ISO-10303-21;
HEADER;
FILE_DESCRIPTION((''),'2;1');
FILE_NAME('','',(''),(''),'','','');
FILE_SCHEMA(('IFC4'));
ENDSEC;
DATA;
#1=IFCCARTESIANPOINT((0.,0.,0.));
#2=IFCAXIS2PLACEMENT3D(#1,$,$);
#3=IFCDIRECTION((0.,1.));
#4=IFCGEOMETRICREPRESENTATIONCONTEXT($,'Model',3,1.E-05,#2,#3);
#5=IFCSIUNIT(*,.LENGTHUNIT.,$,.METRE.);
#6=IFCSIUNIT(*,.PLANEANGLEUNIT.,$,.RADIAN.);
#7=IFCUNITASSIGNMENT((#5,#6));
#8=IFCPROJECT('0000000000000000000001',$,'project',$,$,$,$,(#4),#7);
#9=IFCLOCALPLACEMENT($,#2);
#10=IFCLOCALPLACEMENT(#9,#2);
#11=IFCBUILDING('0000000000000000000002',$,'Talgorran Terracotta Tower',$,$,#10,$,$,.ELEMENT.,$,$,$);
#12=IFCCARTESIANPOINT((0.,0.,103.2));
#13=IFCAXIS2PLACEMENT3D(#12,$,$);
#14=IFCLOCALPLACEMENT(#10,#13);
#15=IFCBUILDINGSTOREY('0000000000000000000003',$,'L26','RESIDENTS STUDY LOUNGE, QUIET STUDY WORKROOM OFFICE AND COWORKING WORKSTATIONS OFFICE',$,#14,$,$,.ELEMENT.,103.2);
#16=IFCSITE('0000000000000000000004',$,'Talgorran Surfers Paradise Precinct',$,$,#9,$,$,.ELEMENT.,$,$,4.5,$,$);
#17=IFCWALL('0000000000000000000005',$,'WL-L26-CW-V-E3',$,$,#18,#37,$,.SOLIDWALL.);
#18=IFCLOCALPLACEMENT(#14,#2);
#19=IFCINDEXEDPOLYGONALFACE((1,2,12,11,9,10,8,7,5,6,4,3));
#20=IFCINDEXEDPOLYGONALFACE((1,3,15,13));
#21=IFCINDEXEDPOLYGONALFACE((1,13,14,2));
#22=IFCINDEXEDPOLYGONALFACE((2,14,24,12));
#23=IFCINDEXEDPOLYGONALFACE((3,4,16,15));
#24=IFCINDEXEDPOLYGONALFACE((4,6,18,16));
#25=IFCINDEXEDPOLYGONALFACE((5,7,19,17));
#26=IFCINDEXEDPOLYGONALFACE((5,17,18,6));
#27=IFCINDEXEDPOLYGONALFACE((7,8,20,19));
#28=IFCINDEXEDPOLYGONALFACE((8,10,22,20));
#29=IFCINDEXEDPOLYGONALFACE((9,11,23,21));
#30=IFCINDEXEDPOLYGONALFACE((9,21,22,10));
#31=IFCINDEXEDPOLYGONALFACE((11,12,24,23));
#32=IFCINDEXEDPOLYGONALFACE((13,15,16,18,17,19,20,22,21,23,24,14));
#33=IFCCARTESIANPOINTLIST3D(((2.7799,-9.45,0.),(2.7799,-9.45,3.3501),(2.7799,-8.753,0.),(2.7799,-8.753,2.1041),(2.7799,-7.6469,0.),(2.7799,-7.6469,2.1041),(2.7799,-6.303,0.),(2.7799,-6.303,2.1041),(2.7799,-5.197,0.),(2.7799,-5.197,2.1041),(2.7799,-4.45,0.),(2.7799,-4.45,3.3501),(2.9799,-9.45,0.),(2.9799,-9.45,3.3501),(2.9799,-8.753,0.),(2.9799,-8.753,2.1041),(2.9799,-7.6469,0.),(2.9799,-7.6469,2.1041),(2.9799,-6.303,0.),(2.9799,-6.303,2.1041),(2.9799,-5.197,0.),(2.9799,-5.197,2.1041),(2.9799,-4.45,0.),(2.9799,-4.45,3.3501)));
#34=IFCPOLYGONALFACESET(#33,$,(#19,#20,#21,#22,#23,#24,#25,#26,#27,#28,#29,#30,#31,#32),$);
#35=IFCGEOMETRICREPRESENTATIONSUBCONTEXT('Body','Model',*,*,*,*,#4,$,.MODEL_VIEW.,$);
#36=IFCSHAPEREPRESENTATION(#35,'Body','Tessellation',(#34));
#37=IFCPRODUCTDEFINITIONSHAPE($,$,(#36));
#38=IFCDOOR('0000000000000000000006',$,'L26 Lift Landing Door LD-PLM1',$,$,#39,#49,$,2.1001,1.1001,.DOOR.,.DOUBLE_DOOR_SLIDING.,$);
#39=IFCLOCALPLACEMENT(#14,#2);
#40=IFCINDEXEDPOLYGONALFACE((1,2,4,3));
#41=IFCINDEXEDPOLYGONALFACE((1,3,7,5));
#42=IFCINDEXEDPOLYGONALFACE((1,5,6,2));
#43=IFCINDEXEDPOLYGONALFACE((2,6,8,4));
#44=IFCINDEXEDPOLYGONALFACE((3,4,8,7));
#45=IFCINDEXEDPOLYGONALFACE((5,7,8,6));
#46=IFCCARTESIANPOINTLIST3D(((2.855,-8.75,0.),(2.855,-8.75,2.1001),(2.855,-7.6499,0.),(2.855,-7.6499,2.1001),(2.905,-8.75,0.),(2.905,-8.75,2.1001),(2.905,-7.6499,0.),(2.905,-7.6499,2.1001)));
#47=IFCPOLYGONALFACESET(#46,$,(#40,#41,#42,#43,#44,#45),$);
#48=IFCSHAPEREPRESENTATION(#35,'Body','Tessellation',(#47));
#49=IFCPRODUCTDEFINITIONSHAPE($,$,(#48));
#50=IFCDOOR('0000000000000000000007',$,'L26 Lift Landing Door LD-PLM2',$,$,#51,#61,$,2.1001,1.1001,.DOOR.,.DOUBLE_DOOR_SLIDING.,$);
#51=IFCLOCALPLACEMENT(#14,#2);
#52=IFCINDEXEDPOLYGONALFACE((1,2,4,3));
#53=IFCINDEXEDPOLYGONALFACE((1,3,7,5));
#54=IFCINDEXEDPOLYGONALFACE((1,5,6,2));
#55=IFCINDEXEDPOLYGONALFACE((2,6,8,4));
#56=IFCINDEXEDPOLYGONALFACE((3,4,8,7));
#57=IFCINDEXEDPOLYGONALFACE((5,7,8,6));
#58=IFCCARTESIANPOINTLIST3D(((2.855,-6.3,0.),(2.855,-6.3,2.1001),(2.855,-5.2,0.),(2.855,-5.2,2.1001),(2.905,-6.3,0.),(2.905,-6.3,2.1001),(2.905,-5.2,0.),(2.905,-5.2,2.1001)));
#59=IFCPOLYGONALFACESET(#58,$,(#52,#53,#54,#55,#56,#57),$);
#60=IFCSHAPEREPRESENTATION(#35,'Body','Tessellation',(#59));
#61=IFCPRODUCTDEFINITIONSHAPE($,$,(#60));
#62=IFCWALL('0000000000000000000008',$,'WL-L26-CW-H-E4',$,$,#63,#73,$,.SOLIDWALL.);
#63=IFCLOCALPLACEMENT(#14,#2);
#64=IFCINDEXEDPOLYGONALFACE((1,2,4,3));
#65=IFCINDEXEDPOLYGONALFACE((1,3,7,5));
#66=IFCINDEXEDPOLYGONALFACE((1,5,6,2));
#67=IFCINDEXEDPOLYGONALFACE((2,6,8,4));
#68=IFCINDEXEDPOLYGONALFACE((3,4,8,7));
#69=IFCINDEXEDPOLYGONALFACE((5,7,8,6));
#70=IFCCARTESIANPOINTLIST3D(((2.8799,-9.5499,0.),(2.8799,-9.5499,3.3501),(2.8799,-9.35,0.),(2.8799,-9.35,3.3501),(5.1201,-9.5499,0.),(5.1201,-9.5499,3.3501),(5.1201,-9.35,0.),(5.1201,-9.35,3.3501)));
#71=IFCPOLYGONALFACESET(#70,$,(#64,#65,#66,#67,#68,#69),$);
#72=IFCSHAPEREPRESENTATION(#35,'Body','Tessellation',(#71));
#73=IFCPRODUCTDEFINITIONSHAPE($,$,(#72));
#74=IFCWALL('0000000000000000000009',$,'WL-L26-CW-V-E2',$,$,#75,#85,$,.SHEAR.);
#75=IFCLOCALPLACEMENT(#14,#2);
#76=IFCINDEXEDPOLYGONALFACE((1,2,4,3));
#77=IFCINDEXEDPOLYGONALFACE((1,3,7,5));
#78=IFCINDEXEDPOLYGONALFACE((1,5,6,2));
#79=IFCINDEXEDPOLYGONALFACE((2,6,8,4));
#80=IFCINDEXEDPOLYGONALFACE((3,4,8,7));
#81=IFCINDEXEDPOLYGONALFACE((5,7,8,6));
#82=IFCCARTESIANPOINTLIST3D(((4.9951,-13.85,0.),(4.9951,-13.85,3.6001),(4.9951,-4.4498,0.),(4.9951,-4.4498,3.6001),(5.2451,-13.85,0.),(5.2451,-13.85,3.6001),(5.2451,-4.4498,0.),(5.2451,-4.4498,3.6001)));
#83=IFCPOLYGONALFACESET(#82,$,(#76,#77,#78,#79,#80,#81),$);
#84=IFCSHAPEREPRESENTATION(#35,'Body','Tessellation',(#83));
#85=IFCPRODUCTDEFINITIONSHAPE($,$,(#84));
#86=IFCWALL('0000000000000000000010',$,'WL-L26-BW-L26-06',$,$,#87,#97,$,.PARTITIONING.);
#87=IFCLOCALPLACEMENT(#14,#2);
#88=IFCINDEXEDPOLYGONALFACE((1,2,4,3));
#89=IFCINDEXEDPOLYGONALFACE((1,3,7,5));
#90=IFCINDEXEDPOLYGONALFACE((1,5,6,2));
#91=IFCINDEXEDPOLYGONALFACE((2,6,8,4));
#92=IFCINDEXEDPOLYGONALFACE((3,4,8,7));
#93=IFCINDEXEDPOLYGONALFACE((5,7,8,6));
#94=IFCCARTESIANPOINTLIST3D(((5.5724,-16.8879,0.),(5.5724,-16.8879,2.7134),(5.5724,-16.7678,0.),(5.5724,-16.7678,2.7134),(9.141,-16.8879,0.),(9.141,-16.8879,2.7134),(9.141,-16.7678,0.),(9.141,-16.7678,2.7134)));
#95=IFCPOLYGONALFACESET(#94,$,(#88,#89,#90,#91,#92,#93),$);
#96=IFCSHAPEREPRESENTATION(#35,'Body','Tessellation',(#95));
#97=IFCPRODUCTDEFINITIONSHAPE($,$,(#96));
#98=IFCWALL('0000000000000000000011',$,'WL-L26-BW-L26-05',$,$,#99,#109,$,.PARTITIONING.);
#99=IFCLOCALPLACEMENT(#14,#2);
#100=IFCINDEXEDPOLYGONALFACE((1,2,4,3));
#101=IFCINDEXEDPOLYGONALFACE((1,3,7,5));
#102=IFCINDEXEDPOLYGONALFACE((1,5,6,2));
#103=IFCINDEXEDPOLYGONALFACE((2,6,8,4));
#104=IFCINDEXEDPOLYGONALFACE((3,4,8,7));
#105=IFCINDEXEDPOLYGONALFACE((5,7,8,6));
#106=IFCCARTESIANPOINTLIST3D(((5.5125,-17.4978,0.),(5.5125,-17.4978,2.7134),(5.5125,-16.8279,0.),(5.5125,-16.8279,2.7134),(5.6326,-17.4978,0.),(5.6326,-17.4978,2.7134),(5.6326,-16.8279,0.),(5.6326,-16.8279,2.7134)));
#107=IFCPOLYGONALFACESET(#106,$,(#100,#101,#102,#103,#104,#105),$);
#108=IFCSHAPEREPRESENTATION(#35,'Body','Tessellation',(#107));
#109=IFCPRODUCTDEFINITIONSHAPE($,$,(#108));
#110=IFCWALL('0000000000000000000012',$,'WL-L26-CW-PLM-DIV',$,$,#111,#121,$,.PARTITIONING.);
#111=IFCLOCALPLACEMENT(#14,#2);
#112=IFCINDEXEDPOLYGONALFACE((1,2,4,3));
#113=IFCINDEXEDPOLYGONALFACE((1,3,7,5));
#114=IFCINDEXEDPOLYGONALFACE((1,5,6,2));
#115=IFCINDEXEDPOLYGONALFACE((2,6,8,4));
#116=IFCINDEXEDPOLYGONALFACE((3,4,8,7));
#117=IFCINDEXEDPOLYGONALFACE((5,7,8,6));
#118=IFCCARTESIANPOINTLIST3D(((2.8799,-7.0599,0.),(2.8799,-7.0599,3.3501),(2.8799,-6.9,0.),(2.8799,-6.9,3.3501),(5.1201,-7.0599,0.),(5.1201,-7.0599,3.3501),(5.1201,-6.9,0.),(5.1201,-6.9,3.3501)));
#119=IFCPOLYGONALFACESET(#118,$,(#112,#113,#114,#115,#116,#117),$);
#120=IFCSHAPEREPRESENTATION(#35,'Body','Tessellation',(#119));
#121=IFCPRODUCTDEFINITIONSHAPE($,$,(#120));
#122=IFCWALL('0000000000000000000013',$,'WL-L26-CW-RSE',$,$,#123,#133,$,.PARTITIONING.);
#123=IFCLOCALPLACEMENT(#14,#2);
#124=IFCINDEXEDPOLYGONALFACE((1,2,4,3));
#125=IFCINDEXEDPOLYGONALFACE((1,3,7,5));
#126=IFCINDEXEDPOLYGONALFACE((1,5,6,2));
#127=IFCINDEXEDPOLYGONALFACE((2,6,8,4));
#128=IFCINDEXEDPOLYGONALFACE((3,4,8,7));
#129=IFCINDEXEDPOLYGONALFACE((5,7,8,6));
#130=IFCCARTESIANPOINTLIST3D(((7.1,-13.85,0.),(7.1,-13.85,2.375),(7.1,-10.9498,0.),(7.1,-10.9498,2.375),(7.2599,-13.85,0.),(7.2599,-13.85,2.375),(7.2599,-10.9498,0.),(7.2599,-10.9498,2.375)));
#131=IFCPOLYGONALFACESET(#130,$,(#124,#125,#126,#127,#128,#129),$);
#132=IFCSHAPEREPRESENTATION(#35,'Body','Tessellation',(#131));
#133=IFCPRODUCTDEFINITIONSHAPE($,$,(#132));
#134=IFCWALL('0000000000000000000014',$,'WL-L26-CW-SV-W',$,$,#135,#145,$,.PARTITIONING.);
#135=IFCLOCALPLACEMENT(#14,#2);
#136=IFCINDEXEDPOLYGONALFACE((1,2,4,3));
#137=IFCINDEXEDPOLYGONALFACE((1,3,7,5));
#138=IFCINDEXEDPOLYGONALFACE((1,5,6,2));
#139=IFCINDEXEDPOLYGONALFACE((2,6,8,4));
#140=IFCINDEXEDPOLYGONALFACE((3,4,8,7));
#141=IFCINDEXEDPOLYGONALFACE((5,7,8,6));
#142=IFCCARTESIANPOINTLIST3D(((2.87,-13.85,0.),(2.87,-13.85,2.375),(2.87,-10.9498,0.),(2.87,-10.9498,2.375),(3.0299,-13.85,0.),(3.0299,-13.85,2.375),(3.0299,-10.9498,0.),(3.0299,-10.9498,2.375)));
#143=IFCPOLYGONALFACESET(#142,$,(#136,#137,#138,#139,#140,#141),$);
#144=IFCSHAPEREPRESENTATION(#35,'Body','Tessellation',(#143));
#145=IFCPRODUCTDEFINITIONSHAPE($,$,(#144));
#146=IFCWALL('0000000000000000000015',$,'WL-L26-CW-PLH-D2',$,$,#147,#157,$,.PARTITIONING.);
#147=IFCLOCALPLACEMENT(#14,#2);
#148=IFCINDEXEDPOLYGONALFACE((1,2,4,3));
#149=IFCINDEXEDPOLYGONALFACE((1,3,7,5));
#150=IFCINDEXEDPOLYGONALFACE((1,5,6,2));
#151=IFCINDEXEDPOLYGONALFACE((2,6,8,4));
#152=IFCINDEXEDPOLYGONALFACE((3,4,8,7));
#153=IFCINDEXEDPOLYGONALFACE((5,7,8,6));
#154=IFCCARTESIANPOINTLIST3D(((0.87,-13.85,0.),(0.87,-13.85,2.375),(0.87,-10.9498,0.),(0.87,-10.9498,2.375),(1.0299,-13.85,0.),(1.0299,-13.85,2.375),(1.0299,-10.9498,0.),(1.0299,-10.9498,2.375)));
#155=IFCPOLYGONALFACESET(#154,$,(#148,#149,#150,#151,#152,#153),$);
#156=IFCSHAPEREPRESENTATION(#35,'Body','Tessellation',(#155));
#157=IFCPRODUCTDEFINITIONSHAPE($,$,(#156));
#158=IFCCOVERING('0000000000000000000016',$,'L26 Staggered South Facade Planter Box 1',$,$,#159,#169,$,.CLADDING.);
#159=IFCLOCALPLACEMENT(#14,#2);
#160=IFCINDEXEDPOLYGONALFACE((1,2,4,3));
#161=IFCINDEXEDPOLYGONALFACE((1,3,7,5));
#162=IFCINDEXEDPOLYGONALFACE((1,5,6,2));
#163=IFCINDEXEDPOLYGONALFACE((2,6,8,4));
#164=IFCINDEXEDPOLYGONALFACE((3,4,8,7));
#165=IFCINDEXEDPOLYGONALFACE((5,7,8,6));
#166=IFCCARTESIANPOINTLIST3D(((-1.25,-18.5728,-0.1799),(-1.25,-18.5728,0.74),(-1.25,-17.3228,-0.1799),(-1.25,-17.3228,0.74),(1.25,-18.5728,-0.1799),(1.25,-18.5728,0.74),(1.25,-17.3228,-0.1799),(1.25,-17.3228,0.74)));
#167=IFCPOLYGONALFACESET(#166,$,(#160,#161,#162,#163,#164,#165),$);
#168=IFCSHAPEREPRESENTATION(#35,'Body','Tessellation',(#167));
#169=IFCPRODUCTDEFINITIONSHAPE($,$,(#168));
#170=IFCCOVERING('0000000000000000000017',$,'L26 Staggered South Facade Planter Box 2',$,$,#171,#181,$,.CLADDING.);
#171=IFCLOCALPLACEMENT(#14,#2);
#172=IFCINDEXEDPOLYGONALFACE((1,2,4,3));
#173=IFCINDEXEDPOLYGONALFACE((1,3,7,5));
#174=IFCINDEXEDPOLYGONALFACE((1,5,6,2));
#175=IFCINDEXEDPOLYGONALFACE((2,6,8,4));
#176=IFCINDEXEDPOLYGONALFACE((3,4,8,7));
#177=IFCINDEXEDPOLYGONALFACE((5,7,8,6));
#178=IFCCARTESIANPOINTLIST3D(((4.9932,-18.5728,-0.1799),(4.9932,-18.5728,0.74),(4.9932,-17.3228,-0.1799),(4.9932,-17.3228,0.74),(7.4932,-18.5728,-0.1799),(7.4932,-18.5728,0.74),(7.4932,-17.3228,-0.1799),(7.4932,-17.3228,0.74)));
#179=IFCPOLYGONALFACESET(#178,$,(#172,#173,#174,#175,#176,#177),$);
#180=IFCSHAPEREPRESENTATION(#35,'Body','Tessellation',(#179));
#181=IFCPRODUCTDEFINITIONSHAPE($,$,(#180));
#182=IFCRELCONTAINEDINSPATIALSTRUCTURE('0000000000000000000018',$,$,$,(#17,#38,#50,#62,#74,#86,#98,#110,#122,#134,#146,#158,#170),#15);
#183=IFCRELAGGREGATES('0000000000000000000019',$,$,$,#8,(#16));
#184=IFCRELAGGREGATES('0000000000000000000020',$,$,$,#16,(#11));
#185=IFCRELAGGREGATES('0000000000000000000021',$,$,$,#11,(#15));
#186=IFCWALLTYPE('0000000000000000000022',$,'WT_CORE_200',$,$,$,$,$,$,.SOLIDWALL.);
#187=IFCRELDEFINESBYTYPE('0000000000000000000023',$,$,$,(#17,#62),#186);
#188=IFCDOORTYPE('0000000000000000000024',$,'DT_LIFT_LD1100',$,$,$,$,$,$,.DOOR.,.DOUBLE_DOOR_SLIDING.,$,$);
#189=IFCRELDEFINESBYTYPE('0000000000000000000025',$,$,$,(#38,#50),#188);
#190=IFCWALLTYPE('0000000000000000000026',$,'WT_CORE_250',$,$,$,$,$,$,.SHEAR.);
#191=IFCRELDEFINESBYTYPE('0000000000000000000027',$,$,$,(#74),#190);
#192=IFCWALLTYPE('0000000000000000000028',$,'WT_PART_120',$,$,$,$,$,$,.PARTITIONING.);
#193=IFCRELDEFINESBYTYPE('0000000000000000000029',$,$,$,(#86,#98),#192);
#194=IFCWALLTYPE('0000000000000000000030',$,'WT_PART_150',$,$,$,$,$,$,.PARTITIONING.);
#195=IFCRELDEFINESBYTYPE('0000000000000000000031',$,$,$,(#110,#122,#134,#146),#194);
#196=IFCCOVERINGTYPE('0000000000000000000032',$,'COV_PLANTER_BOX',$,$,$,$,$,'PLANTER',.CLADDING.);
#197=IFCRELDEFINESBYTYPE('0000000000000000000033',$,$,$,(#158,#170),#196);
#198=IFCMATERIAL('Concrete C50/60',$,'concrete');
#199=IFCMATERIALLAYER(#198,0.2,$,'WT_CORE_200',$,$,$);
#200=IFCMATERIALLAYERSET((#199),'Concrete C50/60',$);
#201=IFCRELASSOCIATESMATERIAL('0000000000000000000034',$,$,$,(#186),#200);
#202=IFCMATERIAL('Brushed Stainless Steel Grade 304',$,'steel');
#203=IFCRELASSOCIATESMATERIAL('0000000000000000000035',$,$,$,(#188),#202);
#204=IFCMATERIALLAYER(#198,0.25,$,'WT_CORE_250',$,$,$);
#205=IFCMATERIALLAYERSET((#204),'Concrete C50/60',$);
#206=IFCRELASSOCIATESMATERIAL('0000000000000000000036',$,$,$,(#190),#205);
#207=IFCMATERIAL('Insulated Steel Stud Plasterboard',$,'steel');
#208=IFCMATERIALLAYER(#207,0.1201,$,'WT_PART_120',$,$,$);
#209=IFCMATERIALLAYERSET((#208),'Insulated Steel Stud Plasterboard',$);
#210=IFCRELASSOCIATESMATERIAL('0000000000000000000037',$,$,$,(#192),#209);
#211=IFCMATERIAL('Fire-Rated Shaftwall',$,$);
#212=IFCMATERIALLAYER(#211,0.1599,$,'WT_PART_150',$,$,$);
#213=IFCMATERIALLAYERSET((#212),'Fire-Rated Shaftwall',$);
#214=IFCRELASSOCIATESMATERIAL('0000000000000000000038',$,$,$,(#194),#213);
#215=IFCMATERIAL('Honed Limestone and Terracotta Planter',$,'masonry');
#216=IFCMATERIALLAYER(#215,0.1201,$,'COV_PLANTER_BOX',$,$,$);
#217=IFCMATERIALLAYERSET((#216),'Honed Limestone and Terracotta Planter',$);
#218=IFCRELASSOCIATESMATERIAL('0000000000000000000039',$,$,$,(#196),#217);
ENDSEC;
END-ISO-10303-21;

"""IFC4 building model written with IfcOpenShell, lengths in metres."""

from ifc_helpers import new_model, si_unit, direction, frame, frame_2d, origin, origin_2d, place, context, subcontext, project, spatial, rectangle, extrude, material, layer, layer_set, type_object, element, fill, save


model = new_model("IFC4")

# Units and contexts
model_context = context("Model", 3, precision=1e-05, world=origin(), true_north=direction((0.0, 1.0)))
body_context = subcontext(model_context, "Body", "Model", "MODEL_VIEW")
ifc_project = project(units=[si_unit("LENGTHUNIT", "METRE"), si_unit("PLANEANGLEUNIT", "RADIAN")], contexts=[model_context])

# Site, building, storey
site_placement = place(None, origin())
site = spatial("IfcSite", under=ifc_project, at=site_placement, Name="Talgorran Surfers Paradise Precinct", CompositionType="ELEMENT", RefElevation=4.5)
building_placement = place(site_placement, origin())
building = spatial("IfcBuilding", under=site, at=building_placement, Name="Talgorran Terracotta Tower", CompositionType="ELEMENT")
storey_placement = place(building_placement, frame((0.0, 0.0, 103.2)))
storey = spatial("IfcBuildingStorey", under=building, at=storey_placement, Name="L26", Description="RESIDENTS STUDY LOUNGE, QUIET STUDY WORKROOM OFFICE AND COWORKING WORKSTATIONS OFFICE", CompositionType="ELEMENT", Elevation=103.2)

# Wall, openings, doors
ifc_material_1 = material(Name="Concrete C50/60", Category="concrete")
ifc_layer_1 = layer(ifc_material_1, 0.2, Name="WT_CORE_200")
ifc_layer_set_1 = layer_set([ifc_layer_1], Name="Concrete C50/60")
wall_type_1 = type_object("IfcWallType", Name="WT_CORE_200", PredefinedType="SOLIDWALL", material=ifc_layer_set_1)
ifc_material_2 = material(Name="Brushed Stainless Steel Grade 304", Category="steel")
door_type_1 = type_object("IfcDoorType", Name="DT_LIFT_LD1100", OperationType="DOUBLE_DOOR_SLIDING", PredefinedType="DOOR", material=ifc_material_2)
wall_1_placement = place(storey_placement, frame((2.8799, -9.45, 0.0), z_axis=(0.0, 0.0, 1.0), x_axis=(0.0, 1.0, 0.0)))
wall_1 = element("IfcWall", 1, at=wall_1_placement, inside=storey, type_object=wall_type_1, Name="WL-L26-CW-V-E3", PredefinedType="SOLIDWALL", context=body_context, shape_type="SweptSolid", body=[
    extrude(rectangle(XDim=5.0, YDim=0.2, at=frame_2d((2.5, 0.0))), origin(), (0.0, 0.0, 1.0), 3.3501),
])
opening_1_placement = place(wall_1_placement, frame((0.7, 0.0, 0.0)))
opening_1 = element("IfcOpeningElement", 2, at=opening_1_placement, cuts=wall_1, PredefinedType="OPENING", context=body_context, shape_type="SweptSolid", body=[
    extrude(rectangle(XDim=1.1061, YDim=2.1041, at=frame_2d((0.55, 1.052))), frame((0.0, 0.1099, 0.0), z_axis=(0.0, -1.0, 0.0), x_axis=(1.0, 0.0, 0.0)), (0.0, 0.0, 1.0), 0.22),
])
opening_2_placement = place(wall_1_placement, frame((3.1499, 0.0, 0.0)))
opening_2 = element("IfcOpeningElement", 3, at=opening_2_placement, cuts=wall_1, PredefinedType="OPENING", context=body_context, shape_type="SweptSolid", body=[
    extrude(rectangle(XDim=1.1061, YDim=2.1041, at=frame_2d((0.55, 1.052))), frame((0.0, 0.1099, 0.0), z_axis=(0.0, -1.0, 0.0), x_axis=(1.0, 0.0, 0.0)), (0.0, 0.0, 1.0), 0.22),
])
door_1_placement = place(opening_1_placement, origin())
door_1 = element("IfcDoor", 4, at=door_1_placement, inside=storey, type_object=door_type_1, Name="L26 Lift Landing Door LD-PLM1", OperationType="DOUBLE_DOOR_SLIDING", OverallHeight=2.1001, OverallWidth=1.1001, PredefinedType="DOOR", context=body_context, shape_type="SweptSolid", body=[
    extrude(rectangle(XDim=1.1001, YDim=2.1001, at=frame_2d((0.55, 1.05))), frame((0.0, 0.0249, 0.0), z_axis=(0.0, -1.0, 0.0), x_axis=(1.0, 0.0, 0.0)), (0.0, 0.0, 1.0), 0.05),
])
fill(opening_1, door_1)
door_2_placement = place(opening_2_placement, origin())
door_2 = element("IfcDoor", 5, at=door_2_placement, inside=storey, type_object=door_type_1, Name="L26 Lift Landing Door LD-PLM2", OperationType="DOUBLE_DOOR_SLIDING", OverallHeight=2.1001, OverallWidth=1.1001, PredefinedType="DOOR", context=body_context, shape_type="SweptSolid", body=[
    extrude(rectangle(XDim=1.1001, YDim=2.1001, at=frame_2d((0.55, 1.05))), frame((0.0, 0.0249, 0.0), z_axis=(0.0, -1.0, 0.0), x_axis=(1.0, 0.0, 0.0)), (0.0, 0.0, 1.0), 0.05),
])
fill(opening_2, door_2)

# Walls
wall_2_placement = place(storey_placement, frame((2.8799, -9.45, 0.0), z_axis=(0.0, 0.0, 1.0), x_axis=(1.0, 0.0, 0.0)))
element("IfcWall", 6, at=wall_2_placement, inside=storey, type_object=wall_type_1, Name="WL-L26-CW-H-E4", PredefinedType="SOLIDWALL", context=body_context, shape_type="SweptSolid", body=[
    extrude(rectangle(XDim=2.2402, YDim=0.2, at=frame_2d((1.1201, 0.0))), origin(), (0.0, 0.0, 1.0), 3.3501),
])
ifc_layer_2 = layer(ifc_material_1, 0.25, Name="WT_CORE_250")
ifc_layer_set_2 = layer_set([ifc_layer_2], Name="Concrete C50/60")
wall_type_2 = type_object("IfcWallType", Name="WT_CORE_250", PredefinedType="SHEAR", material=ifc_layer_set_2)
wall_3_placement = place(storey_placement, frame((5.1201, -13.8501, 0.0), z_axis=(0.0, 0.0, 1.0), x_axis=(0.0, 1.0, 0.0)))
element("IfcWall", 7, at=wall_3_placement, inside=storey, type_object=wall_type_2, Name="WL-L26-CW-V-E2", PredefinedType="SHEAR", context=body_context, shape_type="SweptSolid", body=[
    extrude(rectangle(XDim=9.4001, YDim=0.25, at=frame_2d((4.7002, 0.0))), origin(), (0.0, 0.0, 1.0), 3.6001),
])
ifc_material_3 = material(Name="Insulated Steel Stud Plasterboard", Category="steel")
ifc_layer_3 = layer(ifc_material_3, 0.1201, Name="WT_PART_120")
ifc_layer_set_3 = layer_set([ifc_layer_3], Name="Insulated Steel Stud Plasterboard")
wall_type_3 = type_object("IfcWallType", Name="WT_PART_120", PredefinedType="PARTITIONING", material=ifc_layer_set_3)
wall_4_placement = place(storey_placement, frame((5.5725, -16.8279, 0.0), z_axis=(0.0, 0.0, 1.0), x_axis=(1.0, 0.0, 0.0)))
element("IfcWall", 8, at=wall_4_placement, inside=storey, type_object=wall_type_3, Name="WL-L26-BW-L26-06", PredefinedType="PARTITIONING", context=body_context, shape_type="SweptSolid", body=[
    extrude(rectangle(XDim=3.5686, YDim=0.1201, at=frame_2d((1.7842, 0.0))), origin(), (0.0, 0.0, 1.0), 2.7134),
])
wall_5_placement = place(storey_placement, frame((5.5725, -17.4978, 0.0), z_axis=(0.0, 0.0, 1.0), x_axis=(0.0, 1.0, 0.0)))
element("IfcWall", 9, at=wall_5_placement, inside=storey, type_object=wall_type_3, Name="WL-L26-BW-L26-05", PredefinedType="PARTITIONING", context=body_context, shape_type="SweptSolid", body=[
    extrude(rectangle(XDim=0.6699, YDim=0.1201, at=frame_2d((0.335, 0.0))), origin(), (0.0, 0.0, 1.0), 2.7134),
])
ifc_material_4 = material(Name="Fire-Rated Shaftwall")
ifc_layer_4 = layer(ifc_material_4, 0.1599, Name="WT_PART_150")
ifc_layer_set_4 = layer_set([ifc_layer_4], Name="Fire-Rated Shaftwall")
wall_type_4 = type_object("IfcWallType", Name="WT_PART_150", PredefinedType="PARTITIONING", material=ifc_layer_set_4)
wall_6_placement = place(storey_placement, frame((2.8799, -6.98, 0.0), z_axis=(0.0, 0.0, 1.0), x_axis=(1.0, 0.0, 0.0)))
element("IfcWall", 10, at=wall_6_placement, inside=storey, type_object=wall_type_4, Name="WL-L26-CW-PLM-DIV", PredefinedType="PARTITIONING", context=body_context, shape_type="SweptSolid", body=[
    extrude(rectangle(XDim=2.2402, YDim=0.1599, at=frame_2d((1.1201, 0.0))), origin(), (0.0, 0.0, 1.0), 3.3501),
])
for number, where, z_axis, x_axis, name in (
    (11, (7.1799, -13.8501, 0.0), (0.0, 0.0, 1.0), (0.0, 1.0, 0.0), "WL-L26-CW-RSE"),
    (12, (2.95, -13.8501, 0.0), (0.0, 0.0, 1.0), (0.0, 1.0, 0.0), "WL-L26-CW-SV-W"),
    (13, (0.95, -13.8501, 0.0), (0.0, 0.0, 1.0), (0.0, 1.0, 0.0), "WL-L26-CW-PLH-D2"),
):
    element("IfcWall", number, at=place(storey_placement, frame(where, z_axis=z_axis, x_axis=x_axis)), inside=storey, type_object=wall_type_4, Name=name, PredefinedType="PARTITIONING", context=body_context, shape_type="SweptSolid", body=[
        extrude(rectangle(XDim=2.9001, YDim=0.1599, at=frame_2d((1.4502, 0.0))), origin(), (0.0, 0.0, 1.0), 2.375),
    ])

# Coverings
ifc_material_5 = material(Name="Honed Limestone and Terracotta Planter", Category="masonry")
ifc_layer_5 = layer(ifc_material_5, 0.1201, Name="COV_PLANTER_BOX")
ifc_layer_set_5 = layer_set([ifc_layer_5], Name="Honed Limestone and Terracotta Planter")
covering_type_1 = type_object("IfcCoveringType", Name="COV_PLANTER_BOX", ElementType="PLANTER", PredefinedType="CLADDING", material=ifc_layer_set_5)
for number, where, z_axis, x_axis, name in (
    (14, (0.0, -17.9478, -0.1799), (0.0, 0.0, 1.0), (1.0, 0.0, 0.0), "L26 Staggered South Facade Planter Box 1"),
    (15, (6.2432, -17.9478, -0.1799), (0.0, 0.0, 1.0), (1.0, 0.0, 0.0), "L26 Staggered South Facade Planter Box 2"),
):
    element("IfcCovering", number, at=place(storey_placement, frame(where, z_axis=z_axis, x_axis=x_axis)), inside=storey, type_object=covering_type_1, Name=name, PredefinedType="CLADDING", context=body_context, shape_type="SweptSolid", body=[
        extrude(rectangle(XDim=2.5, YDim=1.25, at=origin_2d()), origin(), (0.0, 0.0, 1.0), 0.9199),
    ])

save(model, "model.ifc")
